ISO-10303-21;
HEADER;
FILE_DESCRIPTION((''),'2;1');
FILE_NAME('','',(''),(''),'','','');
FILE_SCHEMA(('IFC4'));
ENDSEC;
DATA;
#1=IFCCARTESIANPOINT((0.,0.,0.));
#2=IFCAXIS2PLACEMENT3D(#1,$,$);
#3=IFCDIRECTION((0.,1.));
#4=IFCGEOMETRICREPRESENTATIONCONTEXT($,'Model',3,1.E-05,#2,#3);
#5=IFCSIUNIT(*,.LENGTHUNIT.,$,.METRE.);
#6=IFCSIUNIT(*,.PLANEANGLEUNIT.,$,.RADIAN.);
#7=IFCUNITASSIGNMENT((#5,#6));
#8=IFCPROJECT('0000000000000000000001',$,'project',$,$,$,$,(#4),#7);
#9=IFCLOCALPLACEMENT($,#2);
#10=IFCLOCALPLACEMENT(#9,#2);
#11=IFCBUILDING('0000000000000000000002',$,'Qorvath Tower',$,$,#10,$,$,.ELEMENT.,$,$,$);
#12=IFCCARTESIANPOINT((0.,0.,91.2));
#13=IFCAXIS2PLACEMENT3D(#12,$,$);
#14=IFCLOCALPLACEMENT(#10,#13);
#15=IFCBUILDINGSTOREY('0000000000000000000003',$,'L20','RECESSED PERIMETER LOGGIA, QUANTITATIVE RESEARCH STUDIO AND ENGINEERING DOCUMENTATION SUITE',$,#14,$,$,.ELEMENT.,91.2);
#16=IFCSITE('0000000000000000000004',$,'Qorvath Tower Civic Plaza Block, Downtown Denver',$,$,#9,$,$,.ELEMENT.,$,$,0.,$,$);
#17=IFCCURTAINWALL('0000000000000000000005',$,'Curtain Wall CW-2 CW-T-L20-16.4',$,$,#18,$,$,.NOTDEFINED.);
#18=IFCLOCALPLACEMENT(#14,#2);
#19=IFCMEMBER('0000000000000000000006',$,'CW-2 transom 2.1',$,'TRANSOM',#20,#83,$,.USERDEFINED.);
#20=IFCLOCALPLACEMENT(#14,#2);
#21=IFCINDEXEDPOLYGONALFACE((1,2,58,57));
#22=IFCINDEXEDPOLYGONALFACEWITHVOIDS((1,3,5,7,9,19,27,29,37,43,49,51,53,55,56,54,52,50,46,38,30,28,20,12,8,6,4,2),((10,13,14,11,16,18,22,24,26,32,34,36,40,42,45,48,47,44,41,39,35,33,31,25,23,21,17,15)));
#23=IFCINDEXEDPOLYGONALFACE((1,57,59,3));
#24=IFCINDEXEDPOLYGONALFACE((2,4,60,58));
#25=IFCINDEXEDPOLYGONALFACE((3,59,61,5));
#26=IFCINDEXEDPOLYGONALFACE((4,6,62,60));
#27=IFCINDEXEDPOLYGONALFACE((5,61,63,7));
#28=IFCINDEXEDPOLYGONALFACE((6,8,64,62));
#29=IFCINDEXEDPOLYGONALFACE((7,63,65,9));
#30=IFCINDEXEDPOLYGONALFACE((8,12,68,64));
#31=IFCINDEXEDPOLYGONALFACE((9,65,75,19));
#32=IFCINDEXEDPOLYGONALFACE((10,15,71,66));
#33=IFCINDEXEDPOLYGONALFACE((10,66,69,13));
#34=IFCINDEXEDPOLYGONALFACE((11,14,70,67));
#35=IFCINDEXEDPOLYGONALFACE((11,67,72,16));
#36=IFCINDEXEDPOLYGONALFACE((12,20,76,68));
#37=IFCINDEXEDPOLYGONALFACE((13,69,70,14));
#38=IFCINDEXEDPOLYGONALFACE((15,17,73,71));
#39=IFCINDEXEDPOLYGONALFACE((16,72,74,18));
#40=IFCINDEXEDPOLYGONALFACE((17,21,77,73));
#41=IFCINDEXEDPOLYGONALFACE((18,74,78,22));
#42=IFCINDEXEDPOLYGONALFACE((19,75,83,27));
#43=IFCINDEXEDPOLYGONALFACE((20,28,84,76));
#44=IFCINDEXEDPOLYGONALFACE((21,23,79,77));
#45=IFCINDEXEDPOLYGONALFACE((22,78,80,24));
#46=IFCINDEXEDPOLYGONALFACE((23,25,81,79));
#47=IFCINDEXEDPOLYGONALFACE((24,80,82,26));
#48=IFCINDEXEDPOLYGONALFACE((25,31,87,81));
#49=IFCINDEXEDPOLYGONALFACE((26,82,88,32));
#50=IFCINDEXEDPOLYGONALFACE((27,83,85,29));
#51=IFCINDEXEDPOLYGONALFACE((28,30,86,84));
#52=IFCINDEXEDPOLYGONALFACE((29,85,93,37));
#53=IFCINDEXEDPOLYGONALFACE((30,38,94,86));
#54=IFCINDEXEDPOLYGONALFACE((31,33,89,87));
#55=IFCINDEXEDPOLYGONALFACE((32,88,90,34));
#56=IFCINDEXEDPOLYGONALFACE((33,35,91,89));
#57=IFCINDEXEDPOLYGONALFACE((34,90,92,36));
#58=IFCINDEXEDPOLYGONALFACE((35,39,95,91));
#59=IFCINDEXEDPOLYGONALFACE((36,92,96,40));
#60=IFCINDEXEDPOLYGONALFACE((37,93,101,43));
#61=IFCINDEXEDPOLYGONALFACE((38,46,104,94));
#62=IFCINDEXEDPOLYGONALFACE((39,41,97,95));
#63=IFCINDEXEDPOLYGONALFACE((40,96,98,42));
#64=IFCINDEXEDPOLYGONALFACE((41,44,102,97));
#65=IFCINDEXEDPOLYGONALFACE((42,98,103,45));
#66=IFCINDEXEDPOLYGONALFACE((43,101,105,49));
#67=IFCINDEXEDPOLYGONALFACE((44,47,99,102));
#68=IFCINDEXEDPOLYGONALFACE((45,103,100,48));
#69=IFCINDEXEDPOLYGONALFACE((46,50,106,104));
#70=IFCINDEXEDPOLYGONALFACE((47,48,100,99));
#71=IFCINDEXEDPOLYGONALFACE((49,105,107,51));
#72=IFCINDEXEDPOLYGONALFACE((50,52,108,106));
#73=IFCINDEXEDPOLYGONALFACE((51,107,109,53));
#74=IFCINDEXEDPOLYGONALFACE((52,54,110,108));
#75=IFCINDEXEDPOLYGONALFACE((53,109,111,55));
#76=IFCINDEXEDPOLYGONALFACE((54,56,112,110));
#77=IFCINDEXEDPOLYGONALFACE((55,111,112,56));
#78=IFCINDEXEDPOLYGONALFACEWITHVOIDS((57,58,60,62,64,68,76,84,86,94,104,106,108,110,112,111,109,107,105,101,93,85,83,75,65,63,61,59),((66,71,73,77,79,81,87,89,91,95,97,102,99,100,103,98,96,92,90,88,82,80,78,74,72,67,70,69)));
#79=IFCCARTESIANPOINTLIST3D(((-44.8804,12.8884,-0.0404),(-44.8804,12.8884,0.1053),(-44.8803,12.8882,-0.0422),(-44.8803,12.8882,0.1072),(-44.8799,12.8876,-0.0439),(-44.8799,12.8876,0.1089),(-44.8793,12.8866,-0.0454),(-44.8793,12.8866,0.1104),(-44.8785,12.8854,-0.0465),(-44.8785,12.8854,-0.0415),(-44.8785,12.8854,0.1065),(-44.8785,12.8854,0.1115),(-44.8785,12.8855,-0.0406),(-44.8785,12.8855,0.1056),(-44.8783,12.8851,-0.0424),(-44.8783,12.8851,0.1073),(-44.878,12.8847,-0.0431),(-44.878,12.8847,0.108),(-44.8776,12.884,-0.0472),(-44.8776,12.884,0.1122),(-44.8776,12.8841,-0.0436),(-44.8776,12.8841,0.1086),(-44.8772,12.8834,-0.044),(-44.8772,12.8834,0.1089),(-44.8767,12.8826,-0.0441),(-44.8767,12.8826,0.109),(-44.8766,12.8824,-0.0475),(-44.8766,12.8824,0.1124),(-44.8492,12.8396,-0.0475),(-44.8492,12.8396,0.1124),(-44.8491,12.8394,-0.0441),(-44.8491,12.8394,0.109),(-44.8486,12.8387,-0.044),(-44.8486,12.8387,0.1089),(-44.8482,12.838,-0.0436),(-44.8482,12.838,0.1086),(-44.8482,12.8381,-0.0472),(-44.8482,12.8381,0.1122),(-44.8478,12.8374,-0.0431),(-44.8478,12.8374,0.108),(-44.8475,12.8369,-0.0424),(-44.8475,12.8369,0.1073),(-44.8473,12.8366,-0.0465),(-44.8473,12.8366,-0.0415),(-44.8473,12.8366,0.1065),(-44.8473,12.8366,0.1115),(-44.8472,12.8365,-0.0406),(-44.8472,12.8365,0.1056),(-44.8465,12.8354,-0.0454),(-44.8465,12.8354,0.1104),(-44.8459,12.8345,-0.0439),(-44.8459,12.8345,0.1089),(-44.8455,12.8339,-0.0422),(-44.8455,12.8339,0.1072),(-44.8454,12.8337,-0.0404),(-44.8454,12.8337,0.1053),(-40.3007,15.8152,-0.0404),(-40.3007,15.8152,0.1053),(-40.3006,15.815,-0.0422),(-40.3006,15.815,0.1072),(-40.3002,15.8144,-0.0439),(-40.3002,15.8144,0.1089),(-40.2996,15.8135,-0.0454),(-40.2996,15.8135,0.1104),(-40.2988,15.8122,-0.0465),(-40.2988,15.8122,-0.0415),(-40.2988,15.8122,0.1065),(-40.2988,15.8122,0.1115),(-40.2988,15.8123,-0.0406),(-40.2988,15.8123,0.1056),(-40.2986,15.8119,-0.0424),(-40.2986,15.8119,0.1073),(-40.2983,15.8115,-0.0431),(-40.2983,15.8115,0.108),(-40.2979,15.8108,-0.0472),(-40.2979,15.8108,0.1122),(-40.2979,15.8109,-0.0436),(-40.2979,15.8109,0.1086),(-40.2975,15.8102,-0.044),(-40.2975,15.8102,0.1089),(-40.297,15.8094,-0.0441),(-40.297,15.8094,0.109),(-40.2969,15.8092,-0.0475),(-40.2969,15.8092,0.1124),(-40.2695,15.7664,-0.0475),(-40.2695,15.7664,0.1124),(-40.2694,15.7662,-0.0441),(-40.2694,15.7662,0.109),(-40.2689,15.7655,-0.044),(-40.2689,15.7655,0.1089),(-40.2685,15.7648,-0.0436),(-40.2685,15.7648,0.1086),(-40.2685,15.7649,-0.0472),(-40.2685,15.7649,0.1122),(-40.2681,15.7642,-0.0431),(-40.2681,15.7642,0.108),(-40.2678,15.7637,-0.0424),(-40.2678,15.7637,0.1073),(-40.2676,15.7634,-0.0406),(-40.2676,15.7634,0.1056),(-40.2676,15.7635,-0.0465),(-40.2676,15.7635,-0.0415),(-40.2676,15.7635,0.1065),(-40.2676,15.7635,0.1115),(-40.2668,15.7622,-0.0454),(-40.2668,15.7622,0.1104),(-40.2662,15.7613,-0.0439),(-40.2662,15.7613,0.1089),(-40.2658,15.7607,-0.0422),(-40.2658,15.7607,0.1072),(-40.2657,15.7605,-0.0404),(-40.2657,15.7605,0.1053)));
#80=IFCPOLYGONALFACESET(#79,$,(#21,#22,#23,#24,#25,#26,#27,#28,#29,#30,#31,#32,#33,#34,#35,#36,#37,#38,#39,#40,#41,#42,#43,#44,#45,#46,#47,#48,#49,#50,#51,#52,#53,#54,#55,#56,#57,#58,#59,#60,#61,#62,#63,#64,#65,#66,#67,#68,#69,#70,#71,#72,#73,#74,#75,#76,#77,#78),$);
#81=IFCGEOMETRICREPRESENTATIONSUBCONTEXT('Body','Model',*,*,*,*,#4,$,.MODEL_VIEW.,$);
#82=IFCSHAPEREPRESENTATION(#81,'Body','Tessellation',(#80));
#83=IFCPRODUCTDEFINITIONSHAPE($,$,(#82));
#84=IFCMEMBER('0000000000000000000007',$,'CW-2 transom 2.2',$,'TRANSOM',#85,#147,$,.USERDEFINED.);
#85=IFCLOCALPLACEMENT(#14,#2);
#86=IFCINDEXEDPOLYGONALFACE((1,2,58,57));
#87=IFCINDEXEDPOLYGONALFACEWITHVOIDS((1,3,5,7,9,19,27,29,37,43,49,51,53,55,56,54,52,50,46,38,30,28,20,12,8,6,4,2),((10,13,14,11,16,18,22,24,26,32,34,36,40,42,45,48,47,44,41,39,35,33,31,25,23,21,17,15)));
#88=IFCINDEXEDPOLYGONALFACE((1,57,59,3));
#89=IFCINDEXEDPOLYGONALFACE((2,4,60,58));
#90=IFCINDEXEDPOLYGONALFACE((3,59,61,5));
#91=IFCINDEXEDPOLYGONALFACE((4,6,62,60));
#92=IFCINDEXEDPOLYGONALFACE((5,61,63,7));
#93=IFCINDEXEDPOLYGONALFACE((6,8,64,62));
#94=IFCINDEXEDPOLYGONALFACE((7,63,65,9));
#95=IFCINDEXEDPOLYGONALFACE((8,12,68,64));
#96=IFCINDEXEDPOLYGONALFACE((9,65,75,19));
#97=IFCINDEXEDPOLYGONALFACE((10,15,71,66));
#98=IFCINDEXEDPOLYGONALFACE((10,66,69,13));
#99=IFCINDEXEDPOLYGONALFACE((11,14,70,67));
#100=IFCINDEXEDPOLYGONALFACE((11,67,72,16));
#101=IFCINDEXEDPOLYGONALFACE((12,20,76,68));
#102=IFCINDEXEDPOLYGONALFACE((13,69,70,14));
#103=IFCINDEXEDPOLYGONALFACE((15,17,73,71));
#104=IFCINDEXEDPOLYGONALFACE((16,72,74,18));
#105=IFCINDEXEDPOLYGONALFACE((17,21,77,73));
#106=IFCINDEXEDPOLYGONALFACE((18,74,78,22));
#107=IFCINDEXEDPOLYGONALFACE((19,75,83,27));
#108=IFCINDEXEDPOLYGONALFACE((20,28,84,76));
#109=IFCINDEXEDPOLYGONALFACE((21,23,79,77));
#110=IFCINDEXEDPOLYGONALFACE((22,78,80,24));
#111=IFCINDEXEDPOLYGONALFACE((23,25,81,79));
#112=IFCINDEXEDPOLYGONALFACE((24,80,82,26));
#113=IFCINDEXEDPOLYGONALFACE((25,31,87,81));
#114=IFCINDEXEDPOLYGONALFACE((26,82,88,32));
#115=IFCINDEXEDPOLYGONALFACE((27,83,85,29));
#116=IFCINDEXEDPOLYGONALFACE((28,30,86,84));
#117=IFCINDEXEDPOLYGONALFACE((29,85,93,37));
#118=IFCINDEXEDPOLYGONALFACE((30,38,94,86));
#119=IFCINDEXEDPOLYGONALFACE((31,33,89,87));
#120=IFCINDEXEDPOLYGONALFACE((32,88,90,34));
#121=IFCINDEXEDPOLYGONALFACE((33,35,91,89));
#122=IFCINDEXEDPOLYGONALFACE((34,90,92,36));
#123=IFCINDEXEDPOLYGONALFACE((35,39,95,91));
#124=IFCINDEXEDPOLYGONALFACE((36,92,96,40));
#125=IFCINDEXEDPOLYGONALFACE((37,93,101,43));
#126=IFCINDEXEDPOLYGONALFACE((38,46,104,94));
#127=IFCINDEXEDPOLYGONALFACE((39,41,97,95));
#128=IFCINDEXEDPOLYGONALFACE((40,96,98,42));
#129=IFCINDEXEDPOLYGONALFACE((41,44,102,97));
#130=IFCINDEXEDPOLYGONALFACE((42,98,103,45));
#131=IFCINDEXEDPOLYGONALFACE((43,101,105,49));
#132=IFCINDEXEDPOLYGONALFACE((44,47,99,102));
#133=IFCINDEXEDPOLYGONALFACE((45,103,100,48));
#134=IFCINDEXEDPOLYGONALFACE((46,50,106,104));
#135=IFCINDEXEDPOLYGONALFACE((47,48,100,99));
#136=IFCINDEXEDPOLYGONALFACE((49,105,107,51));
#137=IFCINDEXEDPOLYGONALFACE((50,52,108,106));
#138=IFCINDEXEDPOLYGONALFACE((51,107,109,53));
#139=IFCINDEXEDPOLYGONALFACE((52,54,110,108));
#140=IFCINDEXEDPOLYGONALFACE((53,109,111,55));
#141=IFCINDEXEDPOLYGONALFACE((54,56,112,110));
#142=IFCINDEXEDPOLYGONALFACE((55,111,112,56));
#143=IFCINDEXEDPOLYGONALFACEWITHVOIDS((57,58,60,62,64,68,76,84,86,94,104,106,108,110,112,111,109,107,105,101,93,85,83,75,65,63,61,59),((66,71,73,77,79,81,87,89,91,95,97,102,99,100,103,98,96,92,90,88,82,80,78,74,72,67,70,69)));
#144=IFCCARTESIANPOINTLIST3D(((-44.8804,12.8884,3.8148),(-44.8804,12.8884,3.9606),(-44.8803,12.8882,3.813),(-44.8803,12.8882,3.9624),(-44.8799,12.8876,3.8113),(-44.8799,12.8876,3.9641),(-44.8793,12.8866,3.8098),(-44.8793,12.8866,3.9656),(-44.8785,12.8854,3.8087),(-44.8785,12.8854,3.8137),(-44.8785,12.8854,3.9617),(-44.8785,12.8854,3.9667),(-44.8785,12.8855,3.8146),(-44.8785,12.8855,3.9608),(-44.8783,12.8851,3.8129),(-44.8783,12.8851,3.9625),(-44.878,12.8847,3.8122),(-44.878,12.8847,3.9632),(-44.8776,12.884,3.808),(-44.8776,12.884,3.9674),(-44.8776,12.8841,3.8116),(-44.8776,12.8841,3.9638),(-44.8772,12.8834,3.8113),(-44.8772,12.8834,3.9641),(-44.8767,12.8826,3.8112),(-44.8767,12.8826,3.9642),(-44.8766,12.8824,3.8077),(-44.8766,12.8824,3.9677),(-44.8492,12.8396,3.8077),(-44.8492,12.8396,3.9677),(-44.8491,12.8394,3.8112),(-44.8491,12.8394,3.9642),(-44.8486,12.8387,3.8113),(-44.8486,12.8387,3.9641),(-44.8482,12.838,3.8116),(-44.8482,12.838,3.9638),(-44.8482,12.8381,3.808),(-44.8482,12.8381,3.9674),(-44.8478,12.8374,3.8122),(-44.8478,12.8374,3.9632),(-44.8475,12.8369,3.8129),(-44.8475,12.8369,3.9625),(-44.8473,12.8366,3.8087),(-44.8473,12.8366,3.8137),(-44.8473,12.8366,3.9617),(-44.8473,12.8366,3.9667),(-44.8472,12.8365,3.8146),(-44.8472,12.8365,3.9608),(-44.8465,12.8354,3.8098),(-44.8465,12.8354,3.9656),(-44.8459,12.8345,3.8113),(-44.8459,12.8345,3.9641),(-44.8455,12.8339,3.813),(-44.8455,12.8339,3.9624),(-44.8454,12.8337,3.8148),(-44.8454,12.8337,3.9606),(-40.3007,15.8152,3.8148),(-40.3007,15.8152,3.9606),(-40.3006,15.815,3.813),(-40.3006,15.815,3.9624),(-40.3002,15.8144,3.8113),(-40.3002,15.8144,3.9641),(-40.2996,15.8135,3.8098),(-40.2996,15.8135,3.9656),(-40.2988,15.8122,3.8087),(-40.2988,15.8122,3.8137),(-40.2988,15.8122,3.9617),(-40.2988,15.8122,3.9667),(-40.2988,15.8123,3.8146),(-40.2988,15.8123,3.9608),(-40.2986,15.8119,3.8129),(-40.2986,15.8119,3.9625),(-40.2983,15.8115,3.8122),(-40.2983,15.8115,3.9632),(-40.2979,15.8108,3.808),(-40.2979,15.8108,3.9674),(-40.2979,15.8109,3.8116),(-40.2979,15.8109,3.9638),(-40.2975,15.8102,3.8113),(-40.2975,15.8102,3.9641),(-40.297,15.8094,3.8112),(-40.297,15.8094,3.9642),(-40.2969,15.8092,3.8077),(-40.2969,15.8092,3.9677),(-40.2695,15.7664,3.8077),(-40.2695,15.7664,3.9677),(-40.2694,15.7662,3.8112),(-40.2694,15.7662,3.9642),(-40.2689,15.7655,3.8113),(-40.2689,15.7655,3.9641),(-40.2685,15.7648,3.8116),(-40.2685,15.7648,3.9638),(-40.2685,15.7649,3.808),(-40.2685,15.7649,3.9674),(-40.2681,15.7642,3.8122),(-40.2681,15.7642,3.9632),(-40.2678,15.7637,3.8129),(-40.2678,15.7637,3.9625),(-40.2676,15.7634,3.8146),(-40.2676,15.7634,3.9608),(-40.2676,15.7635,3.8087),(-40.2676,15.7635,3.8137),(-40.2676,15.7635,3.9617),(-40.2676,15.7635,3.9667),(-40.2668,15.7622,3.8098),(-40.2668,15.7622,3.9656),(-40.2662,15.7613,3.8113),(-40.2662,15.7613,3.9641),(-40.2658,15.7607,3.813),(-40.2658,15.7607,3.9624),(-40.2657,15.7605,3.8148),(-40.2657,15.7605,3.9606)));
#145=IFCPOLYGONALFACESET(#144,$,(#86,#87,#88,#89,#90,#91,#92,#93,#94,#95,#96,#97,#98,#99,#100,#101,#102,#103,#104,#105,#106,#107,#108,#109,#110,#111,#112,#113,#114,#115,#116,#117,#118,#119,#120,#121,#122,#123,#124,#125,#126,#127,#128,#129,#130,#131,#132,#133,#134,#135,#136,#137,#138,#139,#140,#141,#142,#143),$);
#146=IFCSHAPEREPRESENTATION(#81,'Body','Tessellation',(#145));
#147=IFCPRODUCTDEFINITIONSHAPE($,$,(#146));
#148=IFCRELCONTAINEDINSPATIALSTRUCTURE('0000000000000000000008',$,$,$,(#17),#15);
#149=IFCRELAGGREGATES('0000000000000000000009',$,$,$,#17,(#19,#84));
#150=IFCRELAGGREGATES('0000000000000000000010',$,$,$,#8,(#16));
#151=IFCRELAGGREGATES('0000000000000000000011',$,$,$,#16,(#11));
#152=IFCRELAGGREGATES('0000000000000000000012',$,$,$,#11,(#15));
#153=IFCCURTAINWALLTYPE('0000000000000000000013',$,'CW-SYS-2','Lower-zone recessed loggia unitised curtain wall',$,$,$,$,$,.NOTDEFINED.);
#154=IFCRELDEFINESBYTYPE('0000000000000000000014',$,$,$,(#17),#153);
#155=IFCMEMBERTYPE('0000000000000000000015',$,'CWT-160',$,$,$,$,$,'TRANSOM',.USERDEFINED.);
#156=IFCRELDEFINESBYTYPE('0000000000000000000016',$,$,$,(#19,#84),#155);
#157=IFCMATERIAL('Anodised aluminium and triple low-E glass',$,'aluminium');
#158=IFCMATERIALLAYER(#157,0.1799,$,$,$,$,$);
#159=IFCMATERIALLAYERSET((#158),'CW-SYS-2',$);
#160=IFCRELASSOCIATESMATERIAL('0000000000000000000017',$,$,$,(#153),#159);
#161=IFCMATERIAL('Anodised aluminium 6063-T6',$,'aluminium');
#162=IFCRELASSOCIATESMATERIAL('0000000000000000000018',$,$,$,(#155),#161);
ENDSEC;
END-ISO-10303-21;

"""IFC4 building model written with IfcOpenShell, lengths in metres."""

from ifc_helpers import new_model, si_unit, direction, frame, origin, origin_2d, place, context, subcontext, project, spatial, hollow_rectangle, extrude, material, layer, layer_set, material_profile, profile_set, type_object, element, aggregate, save


model = new_model("IFC4")

# Units and contexts
model_context = context("Model", 3, precision=1e-05, world=origin(), true_north=direction((0.0, 1.0)))
body_context = subcontext(model_context, "Body", "Model", "MODEL_VIEW")
ifc_project = project(units=[si_unit("LENGTHUNIT", "METRE"), si_unit("PLANEANGLEUNIT", "RADIAN")], contexts=[model_context])

# Site, building, storey
site_placement = place(None, origin())
site = spatial("IfcSite", under=ifc_project, at=site_placement, Name="Qorvath Tower Civic Plaza Block, Downtown Denver", CompositionType="ELEMENT", RefElevation=0.0)
building_placement = place(site_placement, origin())
building = spatial("IfcBuilding", under=site, at=building_placement, Name="Qorvath Tower", CompositionType="ELEMENT")
storey_placement = place(building_placement, frame((0.0, 0.0, 91.2)))
storey = spatial("IfcBuildingStorey", under=building, at=storey_placement, Name="L20", Description="RECESSED PERIMETER LOGGIA, QUANTITATIVE RESEARCH STUDIO AND ENGINEERING DOCUMENTATION SUITE", CompositionType="ELEMENT", Elevation=91.2)

# Curtain wall, members
ifc_material_1 = material(Name="Anodised aluminium and triple low-E glass", Category="aluminium")
ifc_layer_1 = layer(ifc_material_1, 0.1799)
ifc_layer_set_1 = layer_set([ifc_layer_1], Name="CW-SYS-2")
curtain_wall_type = type_object("IfcCurtainWallType", Name="CW-SYS-2", Description="Lower-zone recessed loggia unitised curtain wall", PredefinedType="NOTDEFINED", material=ifc_layer_set_1)
curtain_wall_placement = place(storey_placement, origin())
curtain_wall = element("IfcCurtainWall", 1, at=curtain_wall_placement, inside=storey, type_object=curtain_wall_type, Name="Curtain Wall CW-2 CW-T-L20-16.4", PredefinedType="NOTDEFINED")
ifc_material_2 = material(Name="Anodised aluminium 6063-T6", Category="aluminium")
ifc_material_profile_1 = material_profile(ifc_material_2, hollow_rectangle(XDim=0.0649, YDim=0.1599, WallThickness=0.0034, InnerFilletRadius=0.0034, OuterFilletRadius=0.0071, at=origin_2d()), Name="CWT 160x65")
ifc_profile_set_1 = profile_set([ifc_material_profile_1], Name="Anodised aluminium 6063-T6")
member_type_1 = type_object("IfcMemberType", Name="CWT-160", ElementType="TRANSOM", PredefinedType="USERDEFINED", material=ifc_profile_set_1)
member_1_placement = place(storey_placement, frame((-40.2832, 15.7878, 0.0325), z_axis=(-0.84262, -0.538508, 0.0), x_axis=(0.538508, -0.84262, 0.0)))
member_1 = element("IfcMember", 2, at=member_1_placement, type_object=member_type_1, Name="CW-2 transom 2.1", ObjectType="TRANSOM", PredefinedType="USERDEFINED", context=body_context, shape_type="SweptSolid", body=[
    extrude(hollow_rectangle(XDim=0.0649, YDim=0.1599, WallThickness=0.0034, InnerFilletRadius=0.0034, OuterFilletRadius=0.0071, at=origin_2d()), origin(), (0.0, 0.0, 1.0), 5.4351),
])
member_2_placement = place(storey_placement, frame((-40.2832, 15.7878, 3.8877), z_axis=(-0.84262, -0.538508, 0.0), x_axis=(0.538508, -0.84262, 0.0)))
member_2 = element("IfcMember", 3, at=member_2_placement, type_object=member_type_1, Name="CW-2 transom 2.2", ObjectType="TRANSOM", PredefinedType="USERDEFINED", context=body_context, shape_type="SweptSolid", body=[
    extrude(hollow_rectangle(XDim=0.0649, YDim=0.1599, WallThickness=0.0034, InnerFilletRadius=0.0034, OuterFilletRadius=0.0071, at=origin_2d()), origin(), (0.0, 0.0, 1.0), 5.4351),
])
aggregate(curtain_wall, [member_1, member_2])

save(model, "model.ifc")
